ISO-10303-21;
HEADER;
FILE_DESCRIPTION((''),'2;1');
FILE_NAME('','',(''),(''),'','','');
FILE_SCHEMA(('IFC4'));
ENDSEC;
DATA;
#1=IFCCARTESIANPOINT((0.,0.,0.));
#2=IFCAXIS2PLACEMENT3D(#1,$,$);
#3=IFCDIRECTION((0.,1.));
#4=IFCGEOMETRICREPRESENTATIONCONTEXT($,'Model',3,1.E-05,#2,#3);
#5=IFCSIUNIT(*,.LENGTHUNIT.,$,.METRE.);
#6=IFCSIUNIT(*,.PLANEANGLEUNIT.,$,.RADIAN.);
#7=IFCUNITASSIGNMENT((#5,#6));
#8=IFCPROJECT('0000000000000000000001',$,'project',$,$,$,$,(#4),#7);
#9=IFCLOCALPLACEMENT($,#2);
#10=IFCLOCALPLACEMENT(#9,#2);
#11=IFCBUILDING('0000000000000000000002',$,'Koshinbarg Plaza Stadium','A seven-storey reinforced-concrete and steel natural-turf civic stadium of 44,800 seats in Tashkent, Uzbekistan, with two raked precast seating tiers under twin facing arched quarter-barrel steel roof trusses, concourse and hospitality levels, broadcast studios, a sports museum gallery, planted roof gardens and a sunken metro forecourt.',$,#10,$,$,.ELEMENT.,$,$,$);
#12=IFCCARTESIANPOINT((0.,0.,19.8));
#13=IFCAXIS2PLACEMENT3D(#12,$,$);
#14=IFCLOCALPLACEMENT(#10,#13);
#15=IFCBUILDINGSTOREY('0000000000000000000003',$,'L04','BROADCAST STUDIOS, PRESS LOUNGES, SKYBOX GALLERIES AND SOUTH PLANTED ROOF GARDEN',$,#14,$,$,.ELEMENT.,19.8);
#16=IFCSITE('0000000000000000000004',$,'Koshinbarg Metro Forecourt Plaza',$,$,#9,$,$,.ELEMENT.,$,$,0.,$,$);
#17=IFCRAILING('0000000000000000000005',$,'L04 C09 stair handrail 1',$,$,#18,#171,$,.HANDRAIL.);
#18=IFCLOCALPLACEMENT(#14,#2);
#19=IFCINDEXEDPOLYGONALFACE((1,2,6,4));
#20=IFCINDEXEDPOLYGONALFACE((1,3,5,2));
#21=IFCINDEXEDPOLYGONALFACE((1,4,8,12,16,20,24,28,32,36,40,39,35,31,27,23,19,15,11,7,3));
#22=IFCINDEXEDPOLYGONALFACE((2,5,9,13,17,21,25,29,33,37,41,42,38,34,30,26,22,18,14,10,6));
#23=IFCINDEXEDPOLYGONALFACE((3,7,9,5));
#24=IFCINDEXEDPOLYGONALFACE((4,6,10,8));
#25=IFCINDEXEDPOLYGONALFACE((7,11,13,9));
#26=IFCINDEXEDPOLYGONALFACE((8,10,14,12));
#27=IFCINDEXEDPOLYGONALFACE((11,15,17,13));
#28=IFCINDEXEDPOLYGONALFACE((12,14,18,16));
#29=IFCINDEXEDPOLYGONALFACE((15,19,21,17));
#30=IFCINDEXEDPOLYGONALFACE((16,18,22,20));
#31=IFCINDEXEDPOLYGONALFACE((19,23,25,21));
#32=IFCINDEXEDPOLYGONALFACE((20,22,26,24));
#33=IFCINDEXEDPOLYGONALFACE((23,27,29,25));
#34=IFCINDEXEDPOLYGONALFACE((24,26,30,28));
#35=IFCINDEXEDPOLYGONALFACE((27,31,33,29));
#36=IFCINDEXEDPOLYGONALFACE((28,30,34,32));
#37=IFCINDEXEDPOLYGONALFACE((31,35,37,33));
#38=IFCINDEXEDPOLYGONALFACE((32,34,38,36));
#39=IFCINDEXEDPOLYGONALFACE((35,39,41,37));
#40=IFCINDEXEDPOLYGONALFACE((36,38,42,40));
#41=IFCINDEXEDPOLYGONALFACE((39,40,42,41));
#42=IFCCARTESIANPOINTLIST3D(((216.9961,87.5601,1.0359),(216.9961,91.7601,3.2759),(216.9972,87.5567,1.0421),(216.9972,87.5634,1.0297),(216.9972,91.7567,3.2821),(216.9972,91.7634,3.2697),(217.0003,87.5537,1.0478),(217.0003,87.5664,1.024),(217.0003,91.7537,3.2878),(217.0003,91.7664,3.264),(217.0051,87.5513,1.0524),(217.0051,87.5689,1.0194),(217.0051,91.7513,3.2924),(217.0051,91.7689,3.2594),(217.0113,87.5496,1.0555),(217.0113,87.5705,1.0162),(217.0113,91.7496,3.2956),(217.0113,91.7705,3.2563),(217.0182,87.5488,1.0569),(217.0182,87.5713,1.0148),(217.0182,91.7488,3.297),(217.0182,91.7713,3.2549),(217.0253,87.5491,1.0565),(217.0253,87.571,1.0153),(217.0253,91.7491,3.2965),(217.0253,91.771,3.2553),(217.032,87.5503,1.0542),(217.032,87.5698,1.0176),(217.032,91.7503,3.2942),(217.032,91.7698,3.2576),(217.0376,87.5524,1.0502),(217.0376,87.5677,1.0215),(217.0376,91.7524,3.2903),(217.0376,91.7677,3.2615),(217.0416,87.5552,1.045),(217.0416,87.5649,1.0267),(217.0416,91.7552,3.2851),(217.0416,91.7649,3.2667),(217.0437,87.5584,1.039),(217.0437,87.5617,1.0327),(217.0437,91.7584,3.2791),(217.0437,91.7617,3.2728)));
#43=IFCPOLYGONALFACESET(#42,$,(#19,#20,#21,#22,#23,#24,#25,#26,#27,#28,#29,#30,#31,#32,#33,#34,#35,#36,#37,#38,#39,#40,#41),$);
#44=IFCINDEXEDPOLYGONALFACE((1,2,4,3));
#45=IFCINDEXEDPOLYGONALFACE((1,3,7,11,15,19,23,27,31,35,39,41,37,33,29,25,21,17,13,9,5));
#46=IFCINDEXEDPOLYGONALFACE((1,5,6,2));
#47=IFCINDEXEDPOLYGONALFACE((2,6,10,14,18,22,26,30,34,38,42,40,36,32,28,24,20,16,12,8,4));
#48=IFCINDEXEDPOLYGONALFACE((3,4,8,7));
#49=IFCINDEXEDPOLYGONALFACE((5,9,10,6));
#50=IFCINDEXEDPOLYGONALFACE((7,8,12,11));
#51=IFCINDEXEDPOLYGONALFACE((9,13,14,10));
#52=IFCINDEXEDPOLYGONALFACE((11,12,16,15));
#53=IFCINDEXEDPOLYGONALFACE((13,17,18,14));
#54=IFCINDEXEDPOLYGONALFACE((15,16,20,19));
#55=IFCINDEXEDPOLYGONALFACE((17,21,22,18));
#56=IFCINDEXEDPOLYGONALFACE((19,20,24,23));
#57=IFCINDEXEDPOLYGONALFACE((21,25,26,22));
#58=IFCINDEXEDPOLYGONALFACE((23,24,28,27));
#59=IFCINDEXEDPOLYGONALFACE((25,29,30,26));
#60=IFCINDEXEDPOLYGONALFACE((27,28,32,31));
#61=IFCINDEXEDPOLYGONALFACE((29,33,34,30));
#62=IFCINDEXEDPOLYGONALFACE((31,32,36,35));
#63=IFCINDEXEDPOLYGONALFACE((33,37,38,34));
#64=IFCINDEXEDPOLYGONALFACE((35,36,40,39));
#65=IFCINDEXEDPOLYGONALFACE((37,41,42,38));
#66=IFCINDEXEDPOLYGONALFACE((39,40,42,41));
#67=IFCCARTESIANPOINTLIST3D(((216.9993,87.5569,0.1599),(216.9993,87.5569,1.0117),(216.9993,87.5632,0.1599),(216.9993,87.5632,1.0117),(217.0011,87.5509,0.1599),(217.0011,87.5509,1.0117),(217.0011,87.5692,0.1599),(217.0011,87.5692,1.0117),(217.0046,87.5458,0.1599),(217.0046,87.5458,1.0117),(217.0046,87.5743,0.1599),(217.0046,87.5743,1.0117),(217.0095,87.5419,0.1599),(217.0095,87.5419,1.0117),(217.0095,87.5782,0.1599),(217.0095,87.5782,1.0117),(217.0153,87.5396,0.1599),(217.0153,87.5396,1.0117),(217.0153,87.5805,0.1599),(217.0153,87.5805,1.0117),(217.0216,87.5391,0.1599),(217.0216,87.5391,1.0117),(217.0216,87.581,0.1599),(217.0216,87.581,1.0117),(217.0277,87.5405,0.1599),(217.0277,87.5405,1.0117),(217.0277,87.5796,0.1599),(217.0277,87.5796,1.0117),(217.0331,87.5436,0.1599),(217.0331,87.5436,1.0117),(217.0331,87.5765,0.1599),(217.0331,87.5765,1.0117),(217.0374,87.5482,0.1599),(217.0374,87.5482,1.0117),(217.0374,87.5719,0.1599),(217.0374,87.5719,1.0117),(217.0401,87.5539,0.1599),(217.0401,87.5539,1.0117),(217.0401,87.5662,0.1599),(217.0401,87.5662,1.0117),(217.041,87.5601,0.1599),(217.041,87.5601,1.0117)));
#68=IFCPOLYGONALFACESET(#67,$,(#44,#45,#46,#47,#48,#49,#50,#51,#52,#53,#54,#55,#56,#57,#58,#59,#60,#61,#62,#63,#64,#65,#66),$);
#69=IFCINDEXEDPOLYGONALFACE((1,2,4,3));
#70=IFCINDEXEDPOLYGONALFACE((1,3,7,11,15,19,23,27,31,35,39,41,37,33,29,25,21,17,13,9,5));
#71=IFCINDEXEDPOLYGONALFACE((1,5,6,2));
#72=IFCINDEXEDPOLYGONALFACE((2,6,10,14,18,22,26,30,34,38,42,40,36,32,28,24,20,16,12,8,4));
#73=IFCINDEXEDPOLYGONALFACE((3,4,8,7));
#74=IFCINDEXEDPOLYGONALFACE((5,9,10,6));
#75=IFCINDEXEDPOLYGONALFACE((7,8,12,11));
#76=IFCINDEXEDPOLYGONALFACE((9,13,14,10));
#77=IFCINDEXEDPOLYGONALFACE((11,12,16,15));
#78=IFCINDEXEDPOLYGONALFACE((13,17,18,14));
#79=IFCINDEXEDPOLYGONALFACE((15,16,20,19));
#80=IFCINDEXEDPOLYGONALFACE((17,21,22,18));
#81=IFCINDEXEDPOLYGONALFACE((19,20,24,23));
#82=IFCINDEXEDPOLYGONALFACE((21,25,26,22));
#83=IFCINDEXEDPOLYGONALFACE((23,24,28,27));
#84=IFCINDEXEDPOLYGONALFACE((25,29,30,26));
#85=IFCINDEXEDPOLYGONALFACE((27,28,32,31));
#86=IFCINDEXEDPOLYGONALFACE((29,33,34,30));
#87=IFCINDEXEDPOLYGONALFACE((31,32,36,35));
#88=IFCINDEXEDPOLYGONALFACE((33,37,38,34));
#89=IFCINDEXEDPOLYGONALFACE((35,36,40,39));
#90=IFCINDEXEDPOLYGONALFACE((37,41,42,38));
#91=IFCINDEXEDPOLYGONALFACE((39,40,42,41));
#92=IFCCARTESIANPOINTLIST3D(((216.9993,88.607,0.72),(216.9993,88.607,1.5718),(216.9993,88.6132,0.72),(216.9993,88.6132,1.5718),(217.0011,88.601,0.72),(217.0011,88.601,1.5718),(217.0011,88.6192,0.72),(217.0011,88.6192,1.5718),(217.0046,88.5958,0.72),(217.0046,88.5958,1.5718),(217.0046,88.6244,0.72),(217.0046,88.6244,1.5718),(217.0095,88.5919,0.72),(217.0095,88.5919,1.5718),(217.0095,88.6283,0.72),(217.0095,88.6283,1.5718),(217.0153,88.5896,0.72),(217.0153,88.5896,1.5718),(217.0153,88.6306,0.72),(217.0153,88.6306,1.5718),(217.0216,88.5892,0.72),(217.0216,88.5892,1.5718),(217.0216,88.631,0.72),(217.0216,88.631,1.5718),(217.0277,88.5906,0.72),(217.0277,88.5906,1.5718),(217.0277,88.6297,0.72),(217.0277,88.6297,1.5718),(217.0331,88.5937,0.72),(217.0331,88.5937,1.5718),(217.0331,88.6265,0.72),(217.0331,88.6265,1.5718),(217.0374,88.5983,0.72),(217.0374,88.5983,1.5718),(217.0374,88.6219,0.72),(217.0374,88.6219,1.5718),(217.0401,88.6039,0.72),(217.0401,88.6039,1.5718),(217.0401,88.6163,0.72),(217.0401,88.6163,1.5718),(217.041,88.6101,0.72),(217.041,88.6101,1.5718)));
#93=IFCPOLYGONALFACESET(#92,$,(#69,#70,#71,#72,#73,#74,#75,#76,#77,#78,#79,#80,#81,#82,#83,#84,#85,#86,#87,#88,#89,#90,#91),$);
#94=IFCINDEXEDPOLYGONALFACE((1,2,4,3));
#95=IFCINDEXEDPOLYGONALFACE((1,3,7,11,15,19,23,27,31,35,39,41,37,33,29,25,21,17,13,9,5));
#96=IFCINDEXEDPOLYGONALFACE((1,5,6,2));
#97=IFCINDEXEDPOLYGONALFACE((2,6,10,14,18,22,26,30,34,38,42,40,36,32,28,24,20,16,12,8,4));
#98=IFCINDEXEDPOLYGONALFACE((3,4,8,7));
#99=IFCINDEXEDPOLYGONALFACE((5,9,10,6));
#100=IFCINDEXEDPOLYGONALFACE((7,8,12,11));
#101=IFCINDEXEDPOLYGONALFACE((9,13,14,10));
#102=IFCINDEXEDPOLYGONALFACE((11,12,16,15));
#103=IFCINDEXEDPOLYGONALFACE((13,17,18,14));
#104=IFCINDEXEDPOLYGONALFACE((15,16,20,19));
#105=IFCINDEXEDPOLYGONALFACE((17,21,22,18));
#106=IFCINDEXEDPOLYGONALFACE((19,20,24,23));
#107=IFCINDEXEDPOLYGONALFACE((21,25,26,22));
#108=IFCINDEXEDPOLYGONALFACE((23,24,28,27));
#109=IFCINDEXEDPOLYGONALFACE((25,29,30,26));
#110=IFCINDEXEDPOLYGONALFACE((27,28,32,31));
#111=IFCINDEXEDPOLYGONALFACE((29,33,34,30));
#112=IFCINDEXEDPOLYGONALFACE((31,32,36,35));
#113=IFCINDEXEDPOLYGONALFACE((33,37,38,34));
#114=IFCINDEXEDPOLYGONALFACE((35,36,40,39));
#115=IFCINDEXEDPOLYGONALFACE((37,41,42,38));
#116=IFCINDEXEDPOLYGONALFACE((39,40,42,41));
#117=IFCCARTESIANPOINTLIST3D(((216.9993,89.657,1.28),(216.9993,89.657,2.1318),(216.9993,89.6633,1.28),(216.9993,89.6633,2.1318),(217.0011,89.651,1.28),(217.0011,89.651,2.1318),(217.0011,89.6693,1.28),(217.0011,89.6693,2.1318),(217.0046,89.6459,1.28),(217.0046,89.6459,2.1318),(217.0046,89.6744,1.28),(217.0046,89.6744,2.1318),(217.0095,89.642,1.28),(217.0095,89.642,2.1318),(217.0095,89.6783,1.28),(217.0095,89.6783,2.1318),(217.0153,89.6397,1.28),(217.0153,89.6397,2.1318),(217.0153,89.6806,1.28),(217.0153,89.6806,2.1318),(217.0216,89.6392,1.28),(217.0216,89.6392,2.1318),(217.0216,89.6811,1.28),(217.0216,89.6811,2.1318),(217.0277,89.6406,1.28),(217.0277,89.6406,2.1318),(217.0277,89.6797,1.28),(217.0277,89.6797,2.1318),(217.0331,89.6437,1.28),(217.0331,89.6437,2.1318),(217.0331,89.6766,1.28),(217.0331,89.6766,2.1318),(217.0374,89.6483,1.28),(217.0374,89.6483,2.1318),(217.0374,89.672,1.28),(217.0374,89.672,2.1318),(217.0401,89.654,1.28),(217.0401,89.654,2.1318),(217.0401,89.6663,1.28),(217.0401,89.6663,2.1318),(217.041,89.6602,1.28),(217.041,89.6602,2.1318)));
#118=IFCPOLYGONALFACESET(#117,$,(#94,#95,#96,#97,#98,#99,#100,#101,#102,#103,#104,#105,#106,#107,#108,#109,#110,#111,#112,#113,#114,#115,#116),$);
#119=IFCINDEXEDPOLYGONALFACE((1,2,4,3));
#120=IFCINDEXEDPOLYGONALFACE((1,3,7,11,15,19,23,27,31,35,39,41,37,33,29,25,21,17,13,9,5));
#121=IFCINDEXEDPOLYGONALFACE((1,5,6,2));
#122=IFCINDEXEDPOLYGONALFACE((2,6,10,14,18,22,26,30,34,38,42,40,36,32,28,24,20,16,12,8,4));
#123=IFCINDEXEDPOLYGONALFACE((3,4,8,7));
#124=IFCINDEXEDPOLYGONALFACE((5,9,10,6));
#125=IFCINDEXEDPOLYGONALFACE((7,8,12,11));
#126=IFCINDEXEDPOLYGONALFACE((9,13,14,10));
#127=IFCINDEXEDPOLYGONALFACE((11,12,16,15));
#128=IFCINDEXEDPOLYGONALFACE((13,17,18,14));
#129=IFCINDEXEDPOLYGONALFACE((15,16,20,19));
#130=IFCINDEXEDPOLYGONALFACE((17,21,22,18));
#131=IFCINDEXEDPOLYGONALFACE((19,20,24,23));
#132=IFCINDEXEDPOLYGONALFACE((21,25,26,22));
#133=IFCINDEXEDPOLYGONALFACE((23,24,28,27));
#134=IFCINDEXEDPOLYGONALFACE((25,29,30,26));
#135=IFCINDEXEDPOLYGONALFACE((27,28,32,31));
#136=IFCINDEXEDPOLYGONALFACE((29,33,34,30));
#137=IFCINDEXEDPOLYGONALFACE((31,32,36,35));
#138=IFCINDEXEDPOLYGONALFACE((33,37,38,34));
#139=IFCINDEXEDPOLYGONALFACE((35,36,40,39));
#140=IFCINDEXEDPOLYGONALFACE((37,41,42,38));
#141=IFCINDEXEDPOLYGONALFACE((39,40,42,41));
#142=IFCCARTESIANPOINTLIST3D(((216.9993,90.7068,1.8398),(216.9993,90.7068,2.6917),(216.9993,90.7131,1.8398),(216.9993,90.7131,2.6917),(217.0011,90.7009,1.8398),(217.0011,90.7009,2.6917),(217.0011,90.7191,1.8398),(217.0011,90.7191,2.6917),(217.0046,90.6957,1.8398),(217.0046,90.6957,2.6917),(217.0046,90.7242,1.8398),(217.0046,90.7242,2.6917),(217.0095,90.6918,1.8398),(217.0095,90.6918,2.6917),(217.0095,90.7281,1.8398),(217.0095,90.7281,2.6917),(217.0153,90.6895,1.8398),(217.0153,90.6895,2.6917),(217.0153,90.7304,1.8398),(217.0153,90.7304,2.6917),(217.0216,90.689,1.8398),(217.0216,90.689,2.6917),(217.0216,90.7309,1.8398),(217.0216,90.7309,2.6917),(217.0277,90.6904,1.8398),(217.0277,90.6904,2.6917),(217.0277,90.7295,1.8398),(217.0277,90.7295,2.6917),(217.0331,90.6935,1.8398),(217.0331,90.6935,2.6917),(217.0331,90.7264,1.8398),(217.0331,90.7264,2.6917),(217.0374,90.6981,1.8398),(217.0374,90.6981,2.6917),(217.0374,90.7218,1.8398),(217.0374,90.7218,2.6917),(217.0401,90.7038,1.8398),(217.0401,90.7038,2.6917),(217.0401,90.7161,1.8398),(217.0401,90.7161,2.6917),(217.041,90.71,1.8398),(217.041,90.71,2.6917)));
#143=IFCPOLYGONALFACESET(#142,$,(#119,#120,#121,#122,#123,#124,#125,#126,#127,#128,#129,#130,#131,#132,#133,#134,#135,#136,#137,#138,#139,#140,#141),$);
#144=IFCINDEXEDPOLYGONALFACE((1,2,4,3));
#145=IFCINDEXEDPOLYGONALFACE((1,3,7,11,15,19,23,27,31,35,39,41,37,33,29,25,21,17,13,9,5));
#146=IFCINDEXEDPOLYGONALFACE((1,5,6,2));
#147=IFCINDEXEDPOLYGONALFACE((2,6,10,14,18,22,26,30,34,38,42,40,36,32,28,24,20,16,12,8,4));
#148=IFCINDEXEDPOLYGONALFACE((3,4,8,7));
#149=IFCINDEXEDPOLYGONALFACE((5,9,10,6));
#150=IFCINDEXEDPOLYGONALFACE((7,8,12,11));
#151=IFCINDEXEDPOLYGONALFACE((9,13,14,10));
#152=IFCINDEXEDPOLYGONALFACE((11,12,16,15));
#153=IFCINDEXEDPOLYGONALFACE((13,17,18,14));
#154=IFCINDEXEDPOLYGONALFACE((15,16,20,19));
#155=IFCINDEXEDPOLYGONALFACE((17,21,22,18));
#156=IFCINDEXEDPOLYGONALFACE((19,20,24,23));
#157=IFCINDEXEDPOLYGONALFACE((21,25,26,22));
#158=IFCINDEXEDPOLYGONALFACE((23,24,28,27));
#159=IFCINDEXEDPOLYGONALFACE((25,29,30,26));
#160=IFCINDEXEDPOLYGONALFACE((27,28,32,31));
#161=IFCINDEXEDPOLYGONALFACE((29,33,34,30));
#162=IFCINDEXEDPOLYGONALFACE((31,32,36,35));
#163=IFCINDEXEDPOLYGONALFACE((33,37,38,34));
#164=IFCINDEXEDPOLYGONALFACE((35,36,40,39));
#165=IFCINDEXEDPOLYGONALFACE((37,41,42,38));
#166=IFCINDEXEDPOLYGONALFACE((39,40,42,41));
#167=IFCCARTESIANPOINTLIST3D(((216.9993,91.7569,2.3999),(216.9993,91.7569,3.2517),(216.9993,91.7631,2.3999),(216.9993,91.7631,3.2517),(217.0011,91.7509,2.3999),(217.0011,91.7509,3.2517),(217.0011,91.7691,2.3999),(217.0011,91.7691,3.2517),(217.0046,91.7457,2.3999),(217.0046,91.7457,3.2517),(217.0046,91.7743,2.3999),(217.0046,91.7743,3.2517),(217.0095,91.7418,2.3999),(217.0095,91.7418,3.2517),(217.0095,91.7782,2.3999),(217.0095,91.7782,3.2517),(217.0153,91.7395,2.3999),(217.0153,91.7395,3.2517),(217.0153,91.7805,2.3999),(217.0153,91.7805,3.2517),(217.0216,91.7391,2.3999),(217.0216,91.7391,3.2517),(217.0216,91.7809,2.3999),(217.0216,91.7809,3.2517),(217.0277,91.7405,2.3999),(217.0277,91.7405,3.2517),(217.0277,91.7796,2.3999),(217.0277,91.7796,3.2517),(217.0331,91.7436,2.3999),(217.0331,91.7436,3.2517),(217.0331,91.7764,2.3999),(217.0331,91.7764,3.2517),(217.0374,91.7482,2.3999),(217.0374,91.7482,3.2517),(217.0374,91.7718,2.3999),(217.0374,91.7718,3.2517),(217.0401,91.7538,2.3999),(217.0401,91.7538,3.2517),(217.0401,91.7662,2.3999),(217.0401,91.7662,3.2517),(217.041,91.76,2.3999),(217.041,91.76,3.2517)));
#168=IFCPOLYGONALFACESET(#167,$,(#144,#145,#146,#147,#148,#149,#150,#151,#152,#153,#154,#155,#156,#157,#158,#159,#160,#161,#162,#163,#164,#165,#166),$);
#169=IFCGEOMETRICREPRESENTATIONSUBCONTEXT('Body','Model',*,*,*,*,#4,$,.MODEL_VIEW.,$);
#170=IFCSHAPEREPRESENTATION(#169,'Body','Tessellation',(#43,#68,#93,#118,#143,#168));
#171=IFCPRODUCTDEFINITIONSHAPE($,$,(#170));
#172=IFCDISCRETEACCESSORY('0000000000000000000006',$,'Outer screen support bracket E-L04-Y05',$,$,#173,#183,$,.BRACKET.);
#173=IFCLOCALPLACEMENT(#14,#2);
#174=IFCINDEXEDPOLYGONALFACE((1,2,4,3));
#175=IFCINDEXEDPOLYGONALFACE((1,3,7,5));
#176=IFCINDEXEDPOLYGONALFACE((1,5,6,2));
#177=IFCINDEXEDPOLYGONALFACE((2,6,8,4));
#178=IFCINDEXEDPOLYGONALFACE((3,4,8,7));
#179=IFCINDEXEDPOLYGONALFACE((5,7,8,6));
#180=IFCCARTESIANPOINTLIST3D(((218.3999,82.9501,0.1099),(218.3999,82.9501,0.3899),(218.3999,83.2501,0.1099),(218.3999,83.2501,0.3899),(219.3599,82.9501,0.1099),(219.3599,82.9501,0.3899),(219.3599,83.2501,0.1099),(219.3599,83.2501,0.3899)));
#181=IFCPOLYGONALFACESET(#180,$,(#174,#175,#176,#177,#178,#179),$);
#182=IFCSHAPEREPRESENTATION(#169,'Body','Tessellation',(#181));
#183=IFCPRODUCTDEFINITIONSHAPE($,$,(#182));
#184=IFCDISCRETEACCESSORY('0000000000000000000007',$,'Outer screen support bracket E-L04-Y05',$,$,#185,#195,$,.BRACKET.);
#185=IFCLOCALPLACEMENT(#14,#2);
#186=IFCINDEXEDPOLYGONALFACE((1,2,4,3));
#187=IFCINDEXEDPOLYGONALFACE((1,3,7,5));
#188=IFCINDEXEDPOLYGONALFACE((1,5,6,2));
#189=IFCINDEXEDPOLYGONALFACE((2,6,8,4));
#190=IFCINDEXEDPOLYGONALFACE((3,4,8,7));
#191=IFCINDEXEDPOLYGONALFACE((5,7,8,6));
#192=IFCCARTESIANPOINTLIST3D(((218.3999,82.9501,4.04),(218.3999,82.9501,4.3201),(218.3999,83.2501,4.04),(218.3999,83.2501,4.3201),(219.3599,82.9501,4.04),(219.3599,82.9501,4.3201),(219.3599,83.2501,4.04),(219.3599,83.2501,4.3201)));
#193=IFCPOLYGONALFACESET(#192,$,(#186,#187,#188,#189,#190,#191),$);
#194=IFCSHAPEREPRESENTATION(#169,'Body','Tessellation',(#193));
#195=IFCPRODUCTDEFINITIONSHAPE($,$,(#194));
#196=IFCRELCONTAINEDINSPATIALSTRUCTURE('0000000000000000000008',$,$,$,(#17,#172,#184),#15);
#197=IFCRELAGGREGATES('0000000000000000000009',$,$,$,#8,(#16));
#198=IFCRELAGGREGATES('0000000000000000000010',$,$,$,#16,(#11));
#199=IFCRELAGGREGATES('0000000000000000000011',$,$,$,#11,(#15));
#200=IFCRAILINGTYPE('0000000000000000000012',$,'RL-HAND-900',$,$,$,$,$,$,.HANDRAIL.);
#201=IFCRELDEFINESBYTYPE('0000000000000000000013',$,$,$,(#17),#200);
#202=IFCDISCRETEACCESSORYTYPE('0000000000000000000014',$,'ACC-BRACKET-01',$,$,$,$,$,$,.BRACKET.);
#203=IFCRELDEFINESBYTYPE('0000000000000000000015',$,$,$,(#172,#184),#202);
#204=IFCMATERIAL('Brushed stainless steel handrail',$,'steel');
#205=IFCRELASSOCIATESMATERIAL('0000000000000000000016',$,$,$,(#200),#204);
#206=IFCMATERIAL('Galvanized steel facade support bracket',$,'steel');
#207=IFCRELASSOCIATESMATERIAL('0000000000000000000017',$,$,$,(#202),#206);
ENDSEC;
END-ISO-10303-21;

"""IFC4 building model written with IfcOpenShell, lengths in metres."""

from ifc_helpers import new_model, si_unit, direction, frame, origin, origin_2d, place, context, subcontext, project, spatial, rectangle, circle, extrude, material, type_object, element, save


model = new_model("IFC4")

# Units and contexts
model_context = context("Model", 3, precision=1e-05, world=origin(), true_north=direction((0.0, 1.0)))
body_context = subcontext(model_context, "Body", "Model", "MODEL_VIEW")
ifc_project = project(units=[si_unit("LENGTHUNIT", "METRE"), si_unit("PLANEANGLEUNIT", "RADIAN")], contexts=[model_context])

# Site, building, storey
site_placement = place(None, origin())
site = spatial("IfcSite", under=ifc_project, at=site_placement, Name="Koshinbarg Metro Forecourt Plaza", CompositionType="ELEMENT", RefElevation=0.0)
building_placement = place(site_placement, origin())
building = spatial("IfcBuilding", under=site, at=building_placement, Name="Koshinbarg Plaza Stadium", Description="A seven-storey reinforced-concrete and steel natural-turf civic stadium of 44,800 seats in Tashkent, Uzbekistan, with two raked precast seating tiers under twin facing arched quarter-barrel steel roof trusses, concourse and hospitality levels, broadcast studios, a sports museum gallery, planted roof gardens and a sunken metro forecourt.", CompositionType="ELEMENT")
storey_placement = place(building_placement, frame((0.0, 0.0, 19.8)))
storey = spatial("IfcBuildingStorey", under=building, at=storey_placement, Name="L04", Description="BROADCAST STUDIOS, PRESS LOUNGES, SKYBOX GALLERIES AND SOUTH PLANTED ROOF GARDEN", CompositionType="ELEMENT", Elevation=19.8)

# Railing
ifc_material_1 = material(Name="Brushed stainless steel handrail", Category="steel")
railing_type_1 = type_object("IfcRailingType", Name="RL-HAND-900", PredefinedType="HANDRAIL", material=ifc_material_1)
railing_1_placement = place(storey_placement, frame((217.02, 87.5601, 0.1599)))
element("IfcRailing", 1, at=railing_1_placement, inside=storey, type_object=railing_type_1, Name="L04 C09 stair handrail 1", PredefinedType="HANDRAIL", context=body_context, shape_type="SweptSolid", body=[
    extrude(circle(Radius=0.0239, at=origin_2d()), frame((0.0, 0.0, 0.876), z_axis=(0.0, 0.882352, 0.470591), x_axis=(-1.0, 0.0, 0.0)), (0.0, 0.0, 1.0), 4.76),
    extrude(circle(Radius=0.021, at=origin_2d()), origin(), (0.0, 0.0, 1.0), 0.8518),
    extrude(circle(Radius=0.021, at=origin_2d()), frame((0.0, 1.05, 0.5601)), (0.0, 0.0, 1.0), 0.8518),
    extrude(circle(Radius=0.021, at=origin_2d()), frame((0.0, 2.1001, 1.1201)), (0.0, 0.0, 1.0), 0.8518),
    extrude(circle(Radius=0.021, at=origin_2d()), frame((0.0, 3.1499, 1.6799)), (0.0, 0.0, 1.0), 0.8518),
    extrude(circle(Radius=0.021, at=origin_2d()), frame((0.0, 4.2, 2.24)), (0.0, 0.0, 1.0), 0.8518),
])

# Discrete accessories
ifc_material_2 = material(Name="Galvanized steel facade support bracket", Category="steel")
discrete_accessory_type = type_object("IfcDiscreteAccessoryType", Name="ACC-BRACKET-01", PredefinedType="BRACKET", material=ifc_material_2)
for number, where, z_axis, x_axis, name in (
    (2, (218.8799, 83.1001, 0.1099), (0.0, 0.0, 1.0), (1.0, 0.0, 0.0), "Outer screen support bracket E-L04-Y05"),
    (3, (218.8799, 83.1001, 4.04), (0.0, 0.0, 1.0), (1.0, 0.0, 0.0), "Outer screen support bracket E-L04-Y05"),
):
    element("IfcDiscreteAccessory", number, at=place(storey_placement, frame(where, z_axis=z_axis, x_axis=x_axis)), inside=storey, type_object=discrete_accessory_type, Name=name, PredefinedType="BRACKET", context=body_context, shape_type="SweptSolid", body=[
        extrude(rectangle(XDim=0.96, YDim=0.3, at=origin_2d()), origin(), (0.0, 0.0, 1.0), 0.28),
    ])

save(model, "model.ifc")
